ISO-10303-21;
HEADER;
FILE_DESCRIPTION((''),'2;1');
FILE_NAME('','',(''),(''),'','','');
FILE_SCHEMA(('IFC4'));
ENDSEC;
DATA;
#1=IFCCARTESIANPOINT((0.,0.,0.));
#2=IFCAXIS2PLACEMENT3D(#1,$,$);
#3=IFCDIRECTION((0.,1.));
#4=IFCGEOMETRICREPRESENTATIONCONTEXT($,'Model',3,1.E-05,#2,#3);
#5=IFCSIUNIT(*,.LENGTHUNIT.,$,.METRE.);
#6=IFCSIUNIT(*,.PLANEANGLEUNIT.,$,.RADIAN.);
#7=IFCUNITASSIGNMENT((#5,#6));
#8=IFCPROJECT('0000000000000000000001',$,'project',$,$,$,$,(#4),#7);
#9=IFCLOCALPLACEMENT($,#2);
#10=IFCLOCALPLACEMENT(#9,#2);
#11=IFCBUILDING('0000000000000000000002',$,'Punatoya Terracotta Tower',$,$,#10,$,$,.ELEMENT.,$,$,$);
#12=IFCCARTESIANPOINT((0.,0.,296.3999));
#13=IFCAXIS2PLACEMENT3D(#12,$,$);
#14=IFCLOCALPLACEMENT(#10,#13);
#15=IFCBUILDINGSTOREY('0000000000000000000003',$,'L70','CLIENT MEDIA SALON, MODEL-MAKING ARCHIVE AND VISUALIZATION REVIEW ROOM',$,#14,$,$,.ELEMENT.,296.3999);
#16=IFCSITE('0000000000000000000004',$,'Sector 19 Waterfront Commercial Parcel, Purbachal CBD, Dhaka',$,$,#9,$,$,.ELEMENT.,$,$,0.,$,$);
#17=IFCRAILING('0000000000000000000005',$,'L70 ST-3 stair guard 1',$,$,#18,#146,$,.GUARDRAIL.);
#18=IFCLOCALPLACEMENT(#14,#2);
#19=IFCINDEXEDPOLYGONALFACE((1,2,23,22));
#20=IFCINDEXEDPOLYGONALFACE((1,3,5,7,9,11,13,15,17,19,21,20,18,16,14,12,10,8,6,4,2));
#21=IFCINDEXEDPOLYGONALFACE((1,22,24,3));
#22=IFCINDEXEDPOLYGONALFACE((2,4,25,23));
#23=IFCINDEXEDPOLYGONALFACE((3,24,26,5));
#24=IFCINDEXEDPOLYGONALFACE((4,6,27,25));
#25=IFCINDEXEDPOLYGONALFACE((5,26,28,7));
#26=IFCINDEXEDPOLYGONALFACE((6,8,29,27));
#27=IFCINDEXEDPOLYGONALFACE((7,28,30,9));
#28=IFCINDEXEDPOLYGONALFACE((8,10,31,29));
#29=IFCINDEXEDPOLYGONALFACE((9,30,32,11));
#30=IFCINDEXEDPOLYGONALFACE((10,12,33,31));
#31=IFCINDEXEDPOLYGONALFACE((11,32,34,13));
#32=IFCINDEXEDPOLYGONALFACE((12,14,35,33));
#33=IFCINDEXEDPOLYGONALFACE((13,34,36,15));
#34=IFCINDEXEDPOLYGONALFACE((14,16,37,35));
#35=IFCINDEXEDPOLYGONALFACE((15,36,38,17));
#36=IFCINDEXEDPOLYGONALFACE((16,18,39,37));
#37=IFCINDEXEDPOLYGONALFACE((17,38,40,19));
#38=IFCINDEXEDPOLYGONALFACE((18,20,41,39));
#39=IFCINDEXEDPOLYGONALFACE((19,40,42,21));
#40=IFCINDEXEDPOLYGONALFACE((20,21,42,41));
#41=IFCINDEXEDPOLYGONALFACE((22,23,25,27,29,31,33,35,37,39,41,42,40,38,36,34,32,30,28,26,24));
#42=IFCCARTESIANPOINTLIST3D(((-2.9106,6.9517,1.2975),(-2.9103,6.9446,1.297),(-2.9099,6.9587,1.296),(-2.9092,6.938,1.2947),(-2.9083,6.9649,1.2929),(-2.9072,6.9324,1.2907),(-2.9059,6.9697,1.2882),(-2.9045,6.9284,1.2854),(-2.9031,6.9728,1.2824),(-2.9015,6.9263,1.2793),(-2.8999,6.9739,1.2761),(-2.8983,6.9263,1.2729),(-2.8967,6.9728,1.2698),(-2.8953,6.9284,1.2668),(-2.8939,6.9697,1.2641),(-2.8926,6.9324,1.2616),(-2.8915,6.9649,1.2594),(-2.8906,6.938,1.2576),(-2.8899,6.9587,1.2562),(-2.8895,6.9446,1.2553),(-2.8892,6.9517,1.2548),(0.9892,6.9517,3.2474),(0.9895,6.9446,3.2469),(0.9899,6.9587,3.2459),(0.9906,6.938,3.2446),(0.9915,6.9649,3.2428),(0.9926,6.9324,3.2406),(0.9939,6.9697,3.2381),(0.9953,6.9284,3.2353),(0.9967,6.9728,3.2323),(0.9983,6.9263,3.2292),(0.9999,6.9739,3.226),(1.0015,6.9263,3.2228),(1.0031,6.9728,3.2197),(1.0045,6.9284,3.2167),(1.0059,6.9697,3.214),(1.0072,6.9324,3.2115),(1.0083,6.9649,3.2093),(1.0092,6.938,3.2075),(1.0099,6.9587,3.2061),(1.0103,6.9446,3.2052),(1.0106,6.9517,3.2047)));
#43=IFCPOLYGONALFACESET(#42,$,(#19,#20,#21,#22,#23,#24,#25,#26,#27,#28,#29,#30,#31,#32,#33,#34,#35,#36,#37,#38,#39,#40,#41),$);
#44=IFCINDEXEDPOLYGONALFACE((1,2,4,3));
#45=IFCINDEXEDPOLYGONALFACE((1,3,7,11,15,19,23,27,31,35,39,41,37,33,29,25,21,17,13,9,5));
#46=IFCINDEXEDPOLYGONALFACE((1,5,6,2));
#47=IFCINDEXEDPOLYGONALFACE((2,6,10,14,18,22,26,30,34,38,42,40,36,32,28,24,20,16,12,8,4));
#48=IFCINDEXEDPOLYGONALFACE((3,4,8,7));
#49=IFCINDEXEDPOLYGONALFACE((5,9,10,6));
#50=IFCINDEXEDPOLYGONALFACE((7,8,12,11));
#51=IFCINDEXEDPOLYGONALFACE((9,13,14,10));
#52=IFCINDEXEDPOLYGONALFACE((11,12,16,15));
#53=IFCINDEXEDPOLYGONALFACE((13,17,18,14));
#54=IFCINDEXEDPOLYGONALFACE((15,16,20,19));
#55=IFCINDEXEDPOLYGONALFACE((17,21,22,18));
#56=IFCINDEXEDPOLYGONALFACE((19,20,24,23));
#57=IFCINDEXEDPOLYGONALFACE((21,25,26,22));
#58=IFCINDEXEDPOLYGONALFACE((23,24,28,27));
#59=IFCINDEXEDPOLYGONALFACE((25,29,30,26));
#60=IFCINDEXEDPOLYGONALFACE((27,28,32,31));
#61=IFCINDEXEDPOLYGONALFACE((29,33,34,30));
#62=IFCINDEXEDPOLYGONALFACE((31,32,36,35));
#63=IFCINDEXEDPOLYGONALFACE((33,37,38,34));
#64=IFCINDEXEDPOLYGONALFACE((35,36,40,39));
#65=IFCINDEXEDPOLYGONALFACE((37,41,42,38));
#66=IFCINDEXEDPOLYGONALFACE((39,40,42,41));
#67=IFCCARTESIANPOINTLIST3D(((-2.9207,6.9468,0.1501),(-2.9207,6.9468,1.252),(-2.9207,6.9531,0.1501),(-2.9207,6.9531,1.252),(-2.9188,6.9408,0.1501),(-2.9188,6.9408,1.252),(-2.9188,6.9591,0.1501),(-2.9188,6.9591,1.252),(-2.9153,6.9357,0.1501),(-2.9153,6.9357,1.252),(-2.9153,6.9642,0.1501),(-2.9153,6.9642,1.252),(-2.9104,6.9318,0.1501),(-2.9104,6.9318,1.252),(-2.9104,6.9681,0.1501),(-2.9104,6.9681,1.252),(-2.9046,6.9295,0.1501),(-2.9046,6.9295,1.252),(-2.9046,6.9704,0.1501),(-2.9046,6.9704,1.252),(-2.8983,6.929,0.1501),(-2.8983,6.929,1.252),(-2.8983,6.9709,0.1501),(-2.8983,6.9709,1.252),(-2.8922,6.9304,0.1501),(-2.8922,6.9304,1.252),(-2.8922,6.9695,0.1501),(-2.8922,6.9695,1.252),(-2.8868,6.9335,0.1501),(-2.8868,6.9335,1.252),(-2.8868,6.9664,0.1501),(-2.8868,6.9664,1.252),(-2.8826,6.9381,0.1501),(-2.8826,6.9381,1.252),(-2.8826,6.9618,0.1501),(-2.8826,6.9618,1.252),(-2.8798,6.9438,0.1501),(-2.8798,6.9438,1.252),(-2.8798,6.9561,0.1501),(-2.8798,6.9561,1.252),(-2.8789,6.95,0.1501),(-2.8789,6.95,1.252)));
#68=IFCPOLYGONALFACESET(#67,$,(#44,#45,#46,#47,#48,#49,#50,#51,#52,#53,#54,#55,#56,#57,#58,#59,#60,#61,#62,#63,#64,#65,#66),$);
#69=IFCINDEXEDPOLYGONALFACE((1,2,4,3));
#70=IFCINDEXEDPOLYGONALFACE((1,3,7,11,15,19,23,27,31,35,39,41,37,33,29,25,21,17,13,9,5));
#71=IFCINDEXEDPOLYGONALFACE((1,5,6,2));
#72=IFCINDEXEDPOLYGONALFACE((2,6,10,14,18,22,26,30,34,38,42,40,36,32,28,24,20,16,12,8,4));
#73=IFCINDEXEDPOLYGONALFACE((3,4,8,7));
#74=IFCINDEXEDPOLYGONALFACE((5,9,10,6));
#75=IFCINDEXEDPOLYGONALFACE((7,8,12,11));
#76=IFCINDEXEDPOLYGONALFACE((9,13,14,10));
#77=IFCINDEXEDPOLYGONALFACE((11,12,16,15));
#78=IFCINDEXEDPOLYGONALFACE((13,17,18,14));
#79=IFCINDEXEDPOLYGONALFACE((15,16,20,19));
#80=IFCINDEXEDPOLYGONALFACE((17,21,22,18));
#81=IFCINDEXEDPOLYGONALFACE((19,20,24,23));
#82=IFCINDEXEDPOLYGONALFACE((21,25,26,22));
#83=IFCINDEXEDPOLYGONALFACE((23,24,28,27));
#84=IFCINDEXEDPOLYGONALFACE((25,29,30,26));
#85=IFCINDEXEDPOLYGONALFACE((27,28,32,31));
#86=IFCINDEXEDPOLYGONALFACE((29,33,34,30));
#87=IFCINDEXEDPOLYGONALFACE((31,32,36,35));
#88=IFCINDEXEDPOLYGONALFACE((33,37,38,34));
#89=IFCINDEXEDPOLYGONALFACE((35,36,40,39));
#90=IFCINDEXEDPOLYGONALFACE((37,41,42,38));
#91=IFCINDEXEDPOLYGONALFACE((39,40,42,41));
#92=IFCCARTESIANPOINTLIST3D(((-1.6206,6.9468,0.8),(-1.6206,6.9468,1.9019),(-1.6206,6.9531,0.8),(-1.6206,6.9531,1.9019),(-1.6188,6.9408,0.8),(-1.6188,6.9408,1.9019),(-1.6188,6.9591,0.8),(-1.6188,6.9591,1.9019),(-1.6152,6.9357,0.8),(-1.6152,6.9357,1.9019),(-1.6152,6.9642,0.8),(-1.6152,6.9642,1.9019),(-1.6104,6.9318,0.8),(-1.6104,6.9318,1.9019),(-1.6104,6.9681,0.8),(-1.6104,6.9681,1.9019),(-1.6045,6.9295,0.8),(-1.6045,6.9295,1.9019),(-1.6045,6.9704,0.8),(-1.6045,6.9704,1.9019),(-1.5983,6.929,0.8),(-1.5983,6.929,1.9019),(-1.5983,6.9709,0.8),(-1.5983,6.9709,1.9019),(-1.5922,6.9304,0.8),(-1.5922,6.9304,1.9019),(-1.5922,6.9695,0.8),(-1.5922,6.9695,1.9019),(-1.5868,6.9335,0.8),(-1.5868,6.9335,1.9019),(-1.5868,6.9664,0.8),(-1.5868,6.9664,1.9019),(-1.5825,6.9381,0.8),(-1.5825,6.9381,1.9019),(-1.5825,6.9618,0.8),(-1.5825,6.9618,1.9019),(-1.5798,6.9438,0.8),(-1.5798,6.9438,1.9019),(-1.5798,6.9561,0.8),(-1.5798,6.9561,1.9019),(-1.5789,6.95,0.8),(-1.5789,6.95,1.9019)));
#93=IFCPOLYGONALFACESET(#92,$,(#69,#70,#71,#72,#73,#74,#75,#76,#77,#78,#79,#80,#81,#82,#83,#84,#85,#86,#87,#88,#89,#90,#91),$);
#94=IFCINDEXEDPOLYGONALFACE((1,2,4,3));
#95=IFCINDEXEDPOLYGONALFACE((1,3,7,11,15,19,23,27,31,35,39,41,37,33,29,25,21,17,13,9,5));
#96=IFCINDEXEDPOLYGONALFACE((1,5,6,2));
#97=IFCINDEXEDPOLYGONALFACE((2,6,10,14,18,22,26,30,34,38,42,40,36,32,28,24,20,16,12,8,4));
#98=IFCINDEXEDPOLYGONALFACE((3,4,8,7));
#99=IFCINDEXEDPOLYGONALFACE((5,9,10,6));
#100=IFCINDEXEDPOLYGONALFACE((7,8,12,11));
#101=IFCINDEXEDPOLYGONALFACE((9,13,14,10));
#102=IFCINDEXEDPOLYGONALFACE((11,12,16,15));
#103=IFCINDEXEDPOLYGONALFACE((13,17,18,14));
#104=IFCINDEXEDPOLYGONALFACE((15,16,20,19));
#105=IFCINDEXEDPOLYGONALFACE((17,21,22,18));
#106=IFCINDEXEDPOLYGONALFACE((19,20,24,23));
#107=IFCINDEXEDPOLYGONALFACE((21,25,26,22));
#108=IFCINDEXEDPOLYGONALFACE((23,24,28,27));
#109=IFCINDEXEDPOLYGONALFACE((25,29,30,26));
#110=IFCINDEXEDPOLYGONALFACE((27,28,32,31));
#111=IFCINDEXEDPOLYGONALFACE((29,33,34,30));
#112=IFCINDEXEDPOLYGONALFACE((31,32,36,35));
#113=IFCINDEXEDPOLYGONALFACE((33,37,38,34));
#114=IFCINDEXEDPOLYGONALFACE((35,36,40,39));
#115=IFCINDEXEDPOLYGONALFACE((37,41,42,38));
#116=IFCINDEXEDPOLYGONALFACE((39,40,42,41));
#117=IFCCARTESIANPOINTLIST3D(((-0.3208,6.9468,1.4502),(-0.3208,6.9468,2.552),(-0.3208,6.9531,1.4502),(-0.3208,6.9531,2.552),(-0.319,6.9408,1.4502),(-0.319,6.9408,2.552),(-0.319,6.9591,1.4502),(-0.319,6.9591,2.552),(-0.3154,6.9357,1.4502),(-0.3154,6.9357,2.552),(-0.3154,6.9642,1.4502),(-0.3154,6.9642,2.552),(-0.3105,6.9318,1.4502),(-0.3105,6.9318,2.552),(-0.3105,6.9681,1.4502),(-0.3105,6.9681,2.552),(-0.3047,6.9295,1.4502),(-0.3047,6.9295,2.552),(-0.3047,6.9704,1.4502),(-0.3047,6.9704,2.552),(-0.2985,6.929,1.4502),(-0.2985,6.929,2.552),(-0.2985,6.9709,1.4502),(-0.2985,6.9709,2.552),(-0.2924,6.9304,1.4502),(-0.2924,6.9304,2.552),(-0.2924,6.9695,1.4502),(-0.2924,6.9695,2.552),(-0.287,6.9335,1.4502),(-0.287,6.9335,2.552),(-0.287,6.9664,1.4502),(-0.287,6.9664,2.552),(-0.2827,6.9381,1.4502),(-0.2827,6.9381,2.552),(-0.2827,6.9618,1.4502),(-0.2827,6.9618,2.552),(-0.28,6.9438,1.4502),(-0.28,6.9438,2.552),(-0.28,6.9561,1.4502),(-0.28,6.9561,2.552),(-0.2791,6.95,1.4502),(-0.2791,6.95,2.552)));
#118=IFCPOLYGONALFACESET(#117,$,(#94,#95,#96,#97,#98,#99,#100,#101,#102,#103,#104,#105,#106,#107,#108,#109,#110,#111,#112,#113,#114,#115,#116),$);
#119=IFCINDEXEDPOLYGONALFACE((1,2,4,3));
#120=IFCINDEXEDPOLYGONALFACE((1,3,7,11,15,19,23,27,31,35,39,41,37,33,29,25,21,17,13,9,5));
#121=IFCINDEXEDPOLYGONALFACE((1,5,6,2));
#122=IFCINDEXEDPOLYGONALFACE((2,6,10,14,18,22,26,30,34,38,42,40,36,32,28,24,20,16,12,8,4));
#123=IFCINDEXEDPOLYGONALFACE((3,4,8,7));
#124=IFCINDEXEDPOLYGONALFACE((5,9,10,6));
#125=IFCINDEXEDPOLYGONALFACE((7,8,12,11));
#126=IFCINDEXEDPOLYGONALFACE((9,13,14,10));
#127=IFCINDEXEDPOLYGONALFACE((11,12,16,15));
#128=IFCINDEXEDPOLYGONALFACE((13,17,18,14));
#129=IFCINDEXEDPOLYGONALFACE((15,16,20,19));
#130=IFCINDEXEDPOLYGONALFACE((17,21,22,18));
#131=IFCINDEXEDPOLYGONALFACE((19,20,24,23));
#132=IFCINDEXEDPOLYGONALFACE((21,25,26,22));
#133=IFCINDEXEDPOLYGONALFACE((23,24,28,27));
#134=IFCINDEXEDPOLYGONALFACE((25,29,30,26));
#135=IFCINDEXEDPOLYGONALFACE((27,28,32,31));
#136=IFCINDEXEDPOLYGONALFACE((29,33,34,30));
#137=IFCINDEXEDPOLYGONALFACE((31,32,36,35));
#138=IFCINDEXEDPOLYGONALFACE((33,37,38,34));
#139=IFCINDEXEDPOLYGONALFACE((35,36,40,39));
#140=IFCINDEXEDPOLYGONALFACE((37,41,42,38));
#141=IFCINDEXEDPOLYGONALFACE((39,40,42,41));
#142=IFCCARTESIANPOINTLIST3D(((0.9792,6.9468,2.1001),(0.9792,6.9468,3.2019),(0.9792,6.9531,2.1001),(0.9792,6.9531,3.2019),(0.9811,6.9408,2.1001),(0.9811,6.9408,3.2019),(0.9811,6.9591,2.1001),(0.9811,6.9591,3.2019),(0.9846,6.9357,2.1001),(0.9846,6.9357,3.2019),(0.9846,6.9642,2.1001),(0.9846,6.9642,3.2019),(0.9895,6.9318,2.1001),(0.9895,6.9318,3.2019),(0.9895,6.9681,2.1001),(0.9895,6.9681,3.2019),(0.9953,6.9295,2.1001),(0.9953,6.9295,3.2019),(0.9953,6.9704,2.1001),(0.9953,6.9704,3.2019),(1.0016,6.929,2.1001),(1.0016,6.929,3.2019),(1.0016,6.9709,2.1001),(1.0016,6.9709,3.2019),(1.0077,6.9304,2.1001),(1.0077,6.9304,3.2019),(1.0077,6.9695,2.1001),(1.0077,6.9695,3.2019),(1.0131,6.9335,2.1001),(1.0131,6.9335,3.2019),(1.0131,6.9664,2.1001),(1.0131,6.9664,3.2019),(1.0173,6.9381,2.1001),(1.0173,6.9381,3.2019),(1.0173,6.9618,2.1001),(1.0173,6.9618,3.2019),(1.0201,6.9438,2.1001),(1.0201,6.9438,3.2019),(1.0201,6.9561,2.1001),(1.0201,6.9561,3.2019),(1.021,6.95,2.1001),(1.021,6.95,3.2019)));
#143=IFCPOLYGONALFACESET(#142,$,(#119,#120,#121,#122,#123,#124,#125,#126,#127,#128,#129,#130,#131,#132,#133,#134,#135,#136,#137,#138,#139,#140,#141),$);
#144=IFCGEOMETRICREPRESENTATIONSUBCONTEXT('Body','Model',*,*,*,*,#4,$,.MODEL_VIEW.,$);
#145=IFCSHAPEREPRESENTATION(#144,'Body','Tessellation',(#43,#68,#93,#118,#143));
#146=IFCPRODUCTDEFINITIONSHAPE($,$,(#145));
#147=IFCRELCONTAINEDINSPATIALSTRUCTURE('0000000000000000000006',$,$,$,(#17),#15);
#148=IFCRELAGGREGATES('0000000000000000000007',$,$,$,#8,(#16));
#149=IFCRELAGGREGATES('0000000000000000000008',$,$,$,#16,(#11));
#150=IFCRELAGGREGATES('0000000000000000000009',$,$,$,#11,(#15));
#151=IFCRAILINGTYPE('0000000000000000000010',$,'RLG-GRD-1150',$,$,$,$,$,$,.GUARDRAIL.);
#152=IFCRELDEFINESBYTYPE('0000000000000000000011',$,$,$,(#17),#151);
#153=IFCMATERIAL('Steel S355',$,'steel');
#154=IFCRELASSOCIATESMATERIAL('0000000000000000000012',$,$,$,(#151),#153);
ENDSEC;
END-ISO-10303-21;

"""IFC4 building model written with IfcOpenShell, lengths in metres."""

from ifc_helpers import new_model, si_unit, direction, frame, origin, origin_2d, place, context, subcontext, project, spatial, circle, extrude, material, type_object, element, save


model = new_model("IFC4")

# Units and contexts
model_context = context("Model", 3, precision=1e-05, world=origin(), true_north=direction((0.0, 1.0)))
body_context = subcontext(model_context, "Body", "Model", "MODEL_VIEW")
ifc_project = project(units=[si_unit("LENGTHUNIT", "METRE"), si_unit("PLANEANGLEUNIT", "RADIAN")], contexts=[model_context])

# Site, building, storey
site_placement = place(None, origin())
site = spatial("IfcSite", under=ifc_project, at=site_placement, Name="Sector 19 Waterfront Commercial Parcel, Purbachal CBD, Dhaka", CompositionType="ELEMENT", RefElevation=0.0)
building_placement = place(site_placement, origin())
building = spatial("IfcBuilding", under=site, at=building_placement, Name="Punatoya Terracotta Tower", CompositionType="ELEMENT")
storey_placement = place(building_placement, frame((0.0, 0.0, 296.3999)))
storey = spatial("IfcBuildingStorey", under=building, at=storey_placement, Name="L70", Description="CLIENT MEDIA SALON, MODEL-MAKING ARCHIVE AND VISUALIZATION REVIEW ROOM", CompositionType="ELEMENT", Elevation=296.3999)

# Shared definitions
ifc_material_1 = material(Name="Steel S355", Category="steel")

# Railing
railing_type_1 = type_object("IfcRailingType", Name="RLG-GRD-1150", PredefinedType="GUARDRAIL", material=ifc_material_1)
railing_1_placement = place(storey_placement, frame((-2.8999, 6.95, 0.1501)))
element("IfcRailing", 1, at=railing_1_placement, inside=storey, type_object=railing_type_1, Name="L70 ST-3 stair guard 1", PredefinedType="GUARDRAIL", context=body_context, shape_type="SweptSolid", body=[
    extrude(circle(Radius=0.0239, at=origin_2d()), frame((0.0, 0.0, 1.126), z_axis=(0.894427, 0.0, 0.447214), x_axis=(0.0, 1.0, 0.0)), (0.0, 0.0, 1.0), 4.3601),
    extrude(circle(Radius=0.021, at=origin_2d()), origin(), (0.0, 0.0, 1.0), 1.1018),
    extrude(circle(Radius=0.021, at=origin_2d()), frame((1.3, 0.0, 0.6499)), (0.0, 0.0, 1.0), 1.1018),
    extrude(circle(Radius=0.021, at=origin_2d()), frame((2.5999, 0.0, 1.3)), (0.0, 0.0, 1.0), 1.1018),
    extrude(circle(Radius=0.021, at=origin_2d()), frame((3.8999, 0.0, 1.95)), (0.0, 0.0, 1.0), 1.1018),
])

save(model, "model.ifc")
